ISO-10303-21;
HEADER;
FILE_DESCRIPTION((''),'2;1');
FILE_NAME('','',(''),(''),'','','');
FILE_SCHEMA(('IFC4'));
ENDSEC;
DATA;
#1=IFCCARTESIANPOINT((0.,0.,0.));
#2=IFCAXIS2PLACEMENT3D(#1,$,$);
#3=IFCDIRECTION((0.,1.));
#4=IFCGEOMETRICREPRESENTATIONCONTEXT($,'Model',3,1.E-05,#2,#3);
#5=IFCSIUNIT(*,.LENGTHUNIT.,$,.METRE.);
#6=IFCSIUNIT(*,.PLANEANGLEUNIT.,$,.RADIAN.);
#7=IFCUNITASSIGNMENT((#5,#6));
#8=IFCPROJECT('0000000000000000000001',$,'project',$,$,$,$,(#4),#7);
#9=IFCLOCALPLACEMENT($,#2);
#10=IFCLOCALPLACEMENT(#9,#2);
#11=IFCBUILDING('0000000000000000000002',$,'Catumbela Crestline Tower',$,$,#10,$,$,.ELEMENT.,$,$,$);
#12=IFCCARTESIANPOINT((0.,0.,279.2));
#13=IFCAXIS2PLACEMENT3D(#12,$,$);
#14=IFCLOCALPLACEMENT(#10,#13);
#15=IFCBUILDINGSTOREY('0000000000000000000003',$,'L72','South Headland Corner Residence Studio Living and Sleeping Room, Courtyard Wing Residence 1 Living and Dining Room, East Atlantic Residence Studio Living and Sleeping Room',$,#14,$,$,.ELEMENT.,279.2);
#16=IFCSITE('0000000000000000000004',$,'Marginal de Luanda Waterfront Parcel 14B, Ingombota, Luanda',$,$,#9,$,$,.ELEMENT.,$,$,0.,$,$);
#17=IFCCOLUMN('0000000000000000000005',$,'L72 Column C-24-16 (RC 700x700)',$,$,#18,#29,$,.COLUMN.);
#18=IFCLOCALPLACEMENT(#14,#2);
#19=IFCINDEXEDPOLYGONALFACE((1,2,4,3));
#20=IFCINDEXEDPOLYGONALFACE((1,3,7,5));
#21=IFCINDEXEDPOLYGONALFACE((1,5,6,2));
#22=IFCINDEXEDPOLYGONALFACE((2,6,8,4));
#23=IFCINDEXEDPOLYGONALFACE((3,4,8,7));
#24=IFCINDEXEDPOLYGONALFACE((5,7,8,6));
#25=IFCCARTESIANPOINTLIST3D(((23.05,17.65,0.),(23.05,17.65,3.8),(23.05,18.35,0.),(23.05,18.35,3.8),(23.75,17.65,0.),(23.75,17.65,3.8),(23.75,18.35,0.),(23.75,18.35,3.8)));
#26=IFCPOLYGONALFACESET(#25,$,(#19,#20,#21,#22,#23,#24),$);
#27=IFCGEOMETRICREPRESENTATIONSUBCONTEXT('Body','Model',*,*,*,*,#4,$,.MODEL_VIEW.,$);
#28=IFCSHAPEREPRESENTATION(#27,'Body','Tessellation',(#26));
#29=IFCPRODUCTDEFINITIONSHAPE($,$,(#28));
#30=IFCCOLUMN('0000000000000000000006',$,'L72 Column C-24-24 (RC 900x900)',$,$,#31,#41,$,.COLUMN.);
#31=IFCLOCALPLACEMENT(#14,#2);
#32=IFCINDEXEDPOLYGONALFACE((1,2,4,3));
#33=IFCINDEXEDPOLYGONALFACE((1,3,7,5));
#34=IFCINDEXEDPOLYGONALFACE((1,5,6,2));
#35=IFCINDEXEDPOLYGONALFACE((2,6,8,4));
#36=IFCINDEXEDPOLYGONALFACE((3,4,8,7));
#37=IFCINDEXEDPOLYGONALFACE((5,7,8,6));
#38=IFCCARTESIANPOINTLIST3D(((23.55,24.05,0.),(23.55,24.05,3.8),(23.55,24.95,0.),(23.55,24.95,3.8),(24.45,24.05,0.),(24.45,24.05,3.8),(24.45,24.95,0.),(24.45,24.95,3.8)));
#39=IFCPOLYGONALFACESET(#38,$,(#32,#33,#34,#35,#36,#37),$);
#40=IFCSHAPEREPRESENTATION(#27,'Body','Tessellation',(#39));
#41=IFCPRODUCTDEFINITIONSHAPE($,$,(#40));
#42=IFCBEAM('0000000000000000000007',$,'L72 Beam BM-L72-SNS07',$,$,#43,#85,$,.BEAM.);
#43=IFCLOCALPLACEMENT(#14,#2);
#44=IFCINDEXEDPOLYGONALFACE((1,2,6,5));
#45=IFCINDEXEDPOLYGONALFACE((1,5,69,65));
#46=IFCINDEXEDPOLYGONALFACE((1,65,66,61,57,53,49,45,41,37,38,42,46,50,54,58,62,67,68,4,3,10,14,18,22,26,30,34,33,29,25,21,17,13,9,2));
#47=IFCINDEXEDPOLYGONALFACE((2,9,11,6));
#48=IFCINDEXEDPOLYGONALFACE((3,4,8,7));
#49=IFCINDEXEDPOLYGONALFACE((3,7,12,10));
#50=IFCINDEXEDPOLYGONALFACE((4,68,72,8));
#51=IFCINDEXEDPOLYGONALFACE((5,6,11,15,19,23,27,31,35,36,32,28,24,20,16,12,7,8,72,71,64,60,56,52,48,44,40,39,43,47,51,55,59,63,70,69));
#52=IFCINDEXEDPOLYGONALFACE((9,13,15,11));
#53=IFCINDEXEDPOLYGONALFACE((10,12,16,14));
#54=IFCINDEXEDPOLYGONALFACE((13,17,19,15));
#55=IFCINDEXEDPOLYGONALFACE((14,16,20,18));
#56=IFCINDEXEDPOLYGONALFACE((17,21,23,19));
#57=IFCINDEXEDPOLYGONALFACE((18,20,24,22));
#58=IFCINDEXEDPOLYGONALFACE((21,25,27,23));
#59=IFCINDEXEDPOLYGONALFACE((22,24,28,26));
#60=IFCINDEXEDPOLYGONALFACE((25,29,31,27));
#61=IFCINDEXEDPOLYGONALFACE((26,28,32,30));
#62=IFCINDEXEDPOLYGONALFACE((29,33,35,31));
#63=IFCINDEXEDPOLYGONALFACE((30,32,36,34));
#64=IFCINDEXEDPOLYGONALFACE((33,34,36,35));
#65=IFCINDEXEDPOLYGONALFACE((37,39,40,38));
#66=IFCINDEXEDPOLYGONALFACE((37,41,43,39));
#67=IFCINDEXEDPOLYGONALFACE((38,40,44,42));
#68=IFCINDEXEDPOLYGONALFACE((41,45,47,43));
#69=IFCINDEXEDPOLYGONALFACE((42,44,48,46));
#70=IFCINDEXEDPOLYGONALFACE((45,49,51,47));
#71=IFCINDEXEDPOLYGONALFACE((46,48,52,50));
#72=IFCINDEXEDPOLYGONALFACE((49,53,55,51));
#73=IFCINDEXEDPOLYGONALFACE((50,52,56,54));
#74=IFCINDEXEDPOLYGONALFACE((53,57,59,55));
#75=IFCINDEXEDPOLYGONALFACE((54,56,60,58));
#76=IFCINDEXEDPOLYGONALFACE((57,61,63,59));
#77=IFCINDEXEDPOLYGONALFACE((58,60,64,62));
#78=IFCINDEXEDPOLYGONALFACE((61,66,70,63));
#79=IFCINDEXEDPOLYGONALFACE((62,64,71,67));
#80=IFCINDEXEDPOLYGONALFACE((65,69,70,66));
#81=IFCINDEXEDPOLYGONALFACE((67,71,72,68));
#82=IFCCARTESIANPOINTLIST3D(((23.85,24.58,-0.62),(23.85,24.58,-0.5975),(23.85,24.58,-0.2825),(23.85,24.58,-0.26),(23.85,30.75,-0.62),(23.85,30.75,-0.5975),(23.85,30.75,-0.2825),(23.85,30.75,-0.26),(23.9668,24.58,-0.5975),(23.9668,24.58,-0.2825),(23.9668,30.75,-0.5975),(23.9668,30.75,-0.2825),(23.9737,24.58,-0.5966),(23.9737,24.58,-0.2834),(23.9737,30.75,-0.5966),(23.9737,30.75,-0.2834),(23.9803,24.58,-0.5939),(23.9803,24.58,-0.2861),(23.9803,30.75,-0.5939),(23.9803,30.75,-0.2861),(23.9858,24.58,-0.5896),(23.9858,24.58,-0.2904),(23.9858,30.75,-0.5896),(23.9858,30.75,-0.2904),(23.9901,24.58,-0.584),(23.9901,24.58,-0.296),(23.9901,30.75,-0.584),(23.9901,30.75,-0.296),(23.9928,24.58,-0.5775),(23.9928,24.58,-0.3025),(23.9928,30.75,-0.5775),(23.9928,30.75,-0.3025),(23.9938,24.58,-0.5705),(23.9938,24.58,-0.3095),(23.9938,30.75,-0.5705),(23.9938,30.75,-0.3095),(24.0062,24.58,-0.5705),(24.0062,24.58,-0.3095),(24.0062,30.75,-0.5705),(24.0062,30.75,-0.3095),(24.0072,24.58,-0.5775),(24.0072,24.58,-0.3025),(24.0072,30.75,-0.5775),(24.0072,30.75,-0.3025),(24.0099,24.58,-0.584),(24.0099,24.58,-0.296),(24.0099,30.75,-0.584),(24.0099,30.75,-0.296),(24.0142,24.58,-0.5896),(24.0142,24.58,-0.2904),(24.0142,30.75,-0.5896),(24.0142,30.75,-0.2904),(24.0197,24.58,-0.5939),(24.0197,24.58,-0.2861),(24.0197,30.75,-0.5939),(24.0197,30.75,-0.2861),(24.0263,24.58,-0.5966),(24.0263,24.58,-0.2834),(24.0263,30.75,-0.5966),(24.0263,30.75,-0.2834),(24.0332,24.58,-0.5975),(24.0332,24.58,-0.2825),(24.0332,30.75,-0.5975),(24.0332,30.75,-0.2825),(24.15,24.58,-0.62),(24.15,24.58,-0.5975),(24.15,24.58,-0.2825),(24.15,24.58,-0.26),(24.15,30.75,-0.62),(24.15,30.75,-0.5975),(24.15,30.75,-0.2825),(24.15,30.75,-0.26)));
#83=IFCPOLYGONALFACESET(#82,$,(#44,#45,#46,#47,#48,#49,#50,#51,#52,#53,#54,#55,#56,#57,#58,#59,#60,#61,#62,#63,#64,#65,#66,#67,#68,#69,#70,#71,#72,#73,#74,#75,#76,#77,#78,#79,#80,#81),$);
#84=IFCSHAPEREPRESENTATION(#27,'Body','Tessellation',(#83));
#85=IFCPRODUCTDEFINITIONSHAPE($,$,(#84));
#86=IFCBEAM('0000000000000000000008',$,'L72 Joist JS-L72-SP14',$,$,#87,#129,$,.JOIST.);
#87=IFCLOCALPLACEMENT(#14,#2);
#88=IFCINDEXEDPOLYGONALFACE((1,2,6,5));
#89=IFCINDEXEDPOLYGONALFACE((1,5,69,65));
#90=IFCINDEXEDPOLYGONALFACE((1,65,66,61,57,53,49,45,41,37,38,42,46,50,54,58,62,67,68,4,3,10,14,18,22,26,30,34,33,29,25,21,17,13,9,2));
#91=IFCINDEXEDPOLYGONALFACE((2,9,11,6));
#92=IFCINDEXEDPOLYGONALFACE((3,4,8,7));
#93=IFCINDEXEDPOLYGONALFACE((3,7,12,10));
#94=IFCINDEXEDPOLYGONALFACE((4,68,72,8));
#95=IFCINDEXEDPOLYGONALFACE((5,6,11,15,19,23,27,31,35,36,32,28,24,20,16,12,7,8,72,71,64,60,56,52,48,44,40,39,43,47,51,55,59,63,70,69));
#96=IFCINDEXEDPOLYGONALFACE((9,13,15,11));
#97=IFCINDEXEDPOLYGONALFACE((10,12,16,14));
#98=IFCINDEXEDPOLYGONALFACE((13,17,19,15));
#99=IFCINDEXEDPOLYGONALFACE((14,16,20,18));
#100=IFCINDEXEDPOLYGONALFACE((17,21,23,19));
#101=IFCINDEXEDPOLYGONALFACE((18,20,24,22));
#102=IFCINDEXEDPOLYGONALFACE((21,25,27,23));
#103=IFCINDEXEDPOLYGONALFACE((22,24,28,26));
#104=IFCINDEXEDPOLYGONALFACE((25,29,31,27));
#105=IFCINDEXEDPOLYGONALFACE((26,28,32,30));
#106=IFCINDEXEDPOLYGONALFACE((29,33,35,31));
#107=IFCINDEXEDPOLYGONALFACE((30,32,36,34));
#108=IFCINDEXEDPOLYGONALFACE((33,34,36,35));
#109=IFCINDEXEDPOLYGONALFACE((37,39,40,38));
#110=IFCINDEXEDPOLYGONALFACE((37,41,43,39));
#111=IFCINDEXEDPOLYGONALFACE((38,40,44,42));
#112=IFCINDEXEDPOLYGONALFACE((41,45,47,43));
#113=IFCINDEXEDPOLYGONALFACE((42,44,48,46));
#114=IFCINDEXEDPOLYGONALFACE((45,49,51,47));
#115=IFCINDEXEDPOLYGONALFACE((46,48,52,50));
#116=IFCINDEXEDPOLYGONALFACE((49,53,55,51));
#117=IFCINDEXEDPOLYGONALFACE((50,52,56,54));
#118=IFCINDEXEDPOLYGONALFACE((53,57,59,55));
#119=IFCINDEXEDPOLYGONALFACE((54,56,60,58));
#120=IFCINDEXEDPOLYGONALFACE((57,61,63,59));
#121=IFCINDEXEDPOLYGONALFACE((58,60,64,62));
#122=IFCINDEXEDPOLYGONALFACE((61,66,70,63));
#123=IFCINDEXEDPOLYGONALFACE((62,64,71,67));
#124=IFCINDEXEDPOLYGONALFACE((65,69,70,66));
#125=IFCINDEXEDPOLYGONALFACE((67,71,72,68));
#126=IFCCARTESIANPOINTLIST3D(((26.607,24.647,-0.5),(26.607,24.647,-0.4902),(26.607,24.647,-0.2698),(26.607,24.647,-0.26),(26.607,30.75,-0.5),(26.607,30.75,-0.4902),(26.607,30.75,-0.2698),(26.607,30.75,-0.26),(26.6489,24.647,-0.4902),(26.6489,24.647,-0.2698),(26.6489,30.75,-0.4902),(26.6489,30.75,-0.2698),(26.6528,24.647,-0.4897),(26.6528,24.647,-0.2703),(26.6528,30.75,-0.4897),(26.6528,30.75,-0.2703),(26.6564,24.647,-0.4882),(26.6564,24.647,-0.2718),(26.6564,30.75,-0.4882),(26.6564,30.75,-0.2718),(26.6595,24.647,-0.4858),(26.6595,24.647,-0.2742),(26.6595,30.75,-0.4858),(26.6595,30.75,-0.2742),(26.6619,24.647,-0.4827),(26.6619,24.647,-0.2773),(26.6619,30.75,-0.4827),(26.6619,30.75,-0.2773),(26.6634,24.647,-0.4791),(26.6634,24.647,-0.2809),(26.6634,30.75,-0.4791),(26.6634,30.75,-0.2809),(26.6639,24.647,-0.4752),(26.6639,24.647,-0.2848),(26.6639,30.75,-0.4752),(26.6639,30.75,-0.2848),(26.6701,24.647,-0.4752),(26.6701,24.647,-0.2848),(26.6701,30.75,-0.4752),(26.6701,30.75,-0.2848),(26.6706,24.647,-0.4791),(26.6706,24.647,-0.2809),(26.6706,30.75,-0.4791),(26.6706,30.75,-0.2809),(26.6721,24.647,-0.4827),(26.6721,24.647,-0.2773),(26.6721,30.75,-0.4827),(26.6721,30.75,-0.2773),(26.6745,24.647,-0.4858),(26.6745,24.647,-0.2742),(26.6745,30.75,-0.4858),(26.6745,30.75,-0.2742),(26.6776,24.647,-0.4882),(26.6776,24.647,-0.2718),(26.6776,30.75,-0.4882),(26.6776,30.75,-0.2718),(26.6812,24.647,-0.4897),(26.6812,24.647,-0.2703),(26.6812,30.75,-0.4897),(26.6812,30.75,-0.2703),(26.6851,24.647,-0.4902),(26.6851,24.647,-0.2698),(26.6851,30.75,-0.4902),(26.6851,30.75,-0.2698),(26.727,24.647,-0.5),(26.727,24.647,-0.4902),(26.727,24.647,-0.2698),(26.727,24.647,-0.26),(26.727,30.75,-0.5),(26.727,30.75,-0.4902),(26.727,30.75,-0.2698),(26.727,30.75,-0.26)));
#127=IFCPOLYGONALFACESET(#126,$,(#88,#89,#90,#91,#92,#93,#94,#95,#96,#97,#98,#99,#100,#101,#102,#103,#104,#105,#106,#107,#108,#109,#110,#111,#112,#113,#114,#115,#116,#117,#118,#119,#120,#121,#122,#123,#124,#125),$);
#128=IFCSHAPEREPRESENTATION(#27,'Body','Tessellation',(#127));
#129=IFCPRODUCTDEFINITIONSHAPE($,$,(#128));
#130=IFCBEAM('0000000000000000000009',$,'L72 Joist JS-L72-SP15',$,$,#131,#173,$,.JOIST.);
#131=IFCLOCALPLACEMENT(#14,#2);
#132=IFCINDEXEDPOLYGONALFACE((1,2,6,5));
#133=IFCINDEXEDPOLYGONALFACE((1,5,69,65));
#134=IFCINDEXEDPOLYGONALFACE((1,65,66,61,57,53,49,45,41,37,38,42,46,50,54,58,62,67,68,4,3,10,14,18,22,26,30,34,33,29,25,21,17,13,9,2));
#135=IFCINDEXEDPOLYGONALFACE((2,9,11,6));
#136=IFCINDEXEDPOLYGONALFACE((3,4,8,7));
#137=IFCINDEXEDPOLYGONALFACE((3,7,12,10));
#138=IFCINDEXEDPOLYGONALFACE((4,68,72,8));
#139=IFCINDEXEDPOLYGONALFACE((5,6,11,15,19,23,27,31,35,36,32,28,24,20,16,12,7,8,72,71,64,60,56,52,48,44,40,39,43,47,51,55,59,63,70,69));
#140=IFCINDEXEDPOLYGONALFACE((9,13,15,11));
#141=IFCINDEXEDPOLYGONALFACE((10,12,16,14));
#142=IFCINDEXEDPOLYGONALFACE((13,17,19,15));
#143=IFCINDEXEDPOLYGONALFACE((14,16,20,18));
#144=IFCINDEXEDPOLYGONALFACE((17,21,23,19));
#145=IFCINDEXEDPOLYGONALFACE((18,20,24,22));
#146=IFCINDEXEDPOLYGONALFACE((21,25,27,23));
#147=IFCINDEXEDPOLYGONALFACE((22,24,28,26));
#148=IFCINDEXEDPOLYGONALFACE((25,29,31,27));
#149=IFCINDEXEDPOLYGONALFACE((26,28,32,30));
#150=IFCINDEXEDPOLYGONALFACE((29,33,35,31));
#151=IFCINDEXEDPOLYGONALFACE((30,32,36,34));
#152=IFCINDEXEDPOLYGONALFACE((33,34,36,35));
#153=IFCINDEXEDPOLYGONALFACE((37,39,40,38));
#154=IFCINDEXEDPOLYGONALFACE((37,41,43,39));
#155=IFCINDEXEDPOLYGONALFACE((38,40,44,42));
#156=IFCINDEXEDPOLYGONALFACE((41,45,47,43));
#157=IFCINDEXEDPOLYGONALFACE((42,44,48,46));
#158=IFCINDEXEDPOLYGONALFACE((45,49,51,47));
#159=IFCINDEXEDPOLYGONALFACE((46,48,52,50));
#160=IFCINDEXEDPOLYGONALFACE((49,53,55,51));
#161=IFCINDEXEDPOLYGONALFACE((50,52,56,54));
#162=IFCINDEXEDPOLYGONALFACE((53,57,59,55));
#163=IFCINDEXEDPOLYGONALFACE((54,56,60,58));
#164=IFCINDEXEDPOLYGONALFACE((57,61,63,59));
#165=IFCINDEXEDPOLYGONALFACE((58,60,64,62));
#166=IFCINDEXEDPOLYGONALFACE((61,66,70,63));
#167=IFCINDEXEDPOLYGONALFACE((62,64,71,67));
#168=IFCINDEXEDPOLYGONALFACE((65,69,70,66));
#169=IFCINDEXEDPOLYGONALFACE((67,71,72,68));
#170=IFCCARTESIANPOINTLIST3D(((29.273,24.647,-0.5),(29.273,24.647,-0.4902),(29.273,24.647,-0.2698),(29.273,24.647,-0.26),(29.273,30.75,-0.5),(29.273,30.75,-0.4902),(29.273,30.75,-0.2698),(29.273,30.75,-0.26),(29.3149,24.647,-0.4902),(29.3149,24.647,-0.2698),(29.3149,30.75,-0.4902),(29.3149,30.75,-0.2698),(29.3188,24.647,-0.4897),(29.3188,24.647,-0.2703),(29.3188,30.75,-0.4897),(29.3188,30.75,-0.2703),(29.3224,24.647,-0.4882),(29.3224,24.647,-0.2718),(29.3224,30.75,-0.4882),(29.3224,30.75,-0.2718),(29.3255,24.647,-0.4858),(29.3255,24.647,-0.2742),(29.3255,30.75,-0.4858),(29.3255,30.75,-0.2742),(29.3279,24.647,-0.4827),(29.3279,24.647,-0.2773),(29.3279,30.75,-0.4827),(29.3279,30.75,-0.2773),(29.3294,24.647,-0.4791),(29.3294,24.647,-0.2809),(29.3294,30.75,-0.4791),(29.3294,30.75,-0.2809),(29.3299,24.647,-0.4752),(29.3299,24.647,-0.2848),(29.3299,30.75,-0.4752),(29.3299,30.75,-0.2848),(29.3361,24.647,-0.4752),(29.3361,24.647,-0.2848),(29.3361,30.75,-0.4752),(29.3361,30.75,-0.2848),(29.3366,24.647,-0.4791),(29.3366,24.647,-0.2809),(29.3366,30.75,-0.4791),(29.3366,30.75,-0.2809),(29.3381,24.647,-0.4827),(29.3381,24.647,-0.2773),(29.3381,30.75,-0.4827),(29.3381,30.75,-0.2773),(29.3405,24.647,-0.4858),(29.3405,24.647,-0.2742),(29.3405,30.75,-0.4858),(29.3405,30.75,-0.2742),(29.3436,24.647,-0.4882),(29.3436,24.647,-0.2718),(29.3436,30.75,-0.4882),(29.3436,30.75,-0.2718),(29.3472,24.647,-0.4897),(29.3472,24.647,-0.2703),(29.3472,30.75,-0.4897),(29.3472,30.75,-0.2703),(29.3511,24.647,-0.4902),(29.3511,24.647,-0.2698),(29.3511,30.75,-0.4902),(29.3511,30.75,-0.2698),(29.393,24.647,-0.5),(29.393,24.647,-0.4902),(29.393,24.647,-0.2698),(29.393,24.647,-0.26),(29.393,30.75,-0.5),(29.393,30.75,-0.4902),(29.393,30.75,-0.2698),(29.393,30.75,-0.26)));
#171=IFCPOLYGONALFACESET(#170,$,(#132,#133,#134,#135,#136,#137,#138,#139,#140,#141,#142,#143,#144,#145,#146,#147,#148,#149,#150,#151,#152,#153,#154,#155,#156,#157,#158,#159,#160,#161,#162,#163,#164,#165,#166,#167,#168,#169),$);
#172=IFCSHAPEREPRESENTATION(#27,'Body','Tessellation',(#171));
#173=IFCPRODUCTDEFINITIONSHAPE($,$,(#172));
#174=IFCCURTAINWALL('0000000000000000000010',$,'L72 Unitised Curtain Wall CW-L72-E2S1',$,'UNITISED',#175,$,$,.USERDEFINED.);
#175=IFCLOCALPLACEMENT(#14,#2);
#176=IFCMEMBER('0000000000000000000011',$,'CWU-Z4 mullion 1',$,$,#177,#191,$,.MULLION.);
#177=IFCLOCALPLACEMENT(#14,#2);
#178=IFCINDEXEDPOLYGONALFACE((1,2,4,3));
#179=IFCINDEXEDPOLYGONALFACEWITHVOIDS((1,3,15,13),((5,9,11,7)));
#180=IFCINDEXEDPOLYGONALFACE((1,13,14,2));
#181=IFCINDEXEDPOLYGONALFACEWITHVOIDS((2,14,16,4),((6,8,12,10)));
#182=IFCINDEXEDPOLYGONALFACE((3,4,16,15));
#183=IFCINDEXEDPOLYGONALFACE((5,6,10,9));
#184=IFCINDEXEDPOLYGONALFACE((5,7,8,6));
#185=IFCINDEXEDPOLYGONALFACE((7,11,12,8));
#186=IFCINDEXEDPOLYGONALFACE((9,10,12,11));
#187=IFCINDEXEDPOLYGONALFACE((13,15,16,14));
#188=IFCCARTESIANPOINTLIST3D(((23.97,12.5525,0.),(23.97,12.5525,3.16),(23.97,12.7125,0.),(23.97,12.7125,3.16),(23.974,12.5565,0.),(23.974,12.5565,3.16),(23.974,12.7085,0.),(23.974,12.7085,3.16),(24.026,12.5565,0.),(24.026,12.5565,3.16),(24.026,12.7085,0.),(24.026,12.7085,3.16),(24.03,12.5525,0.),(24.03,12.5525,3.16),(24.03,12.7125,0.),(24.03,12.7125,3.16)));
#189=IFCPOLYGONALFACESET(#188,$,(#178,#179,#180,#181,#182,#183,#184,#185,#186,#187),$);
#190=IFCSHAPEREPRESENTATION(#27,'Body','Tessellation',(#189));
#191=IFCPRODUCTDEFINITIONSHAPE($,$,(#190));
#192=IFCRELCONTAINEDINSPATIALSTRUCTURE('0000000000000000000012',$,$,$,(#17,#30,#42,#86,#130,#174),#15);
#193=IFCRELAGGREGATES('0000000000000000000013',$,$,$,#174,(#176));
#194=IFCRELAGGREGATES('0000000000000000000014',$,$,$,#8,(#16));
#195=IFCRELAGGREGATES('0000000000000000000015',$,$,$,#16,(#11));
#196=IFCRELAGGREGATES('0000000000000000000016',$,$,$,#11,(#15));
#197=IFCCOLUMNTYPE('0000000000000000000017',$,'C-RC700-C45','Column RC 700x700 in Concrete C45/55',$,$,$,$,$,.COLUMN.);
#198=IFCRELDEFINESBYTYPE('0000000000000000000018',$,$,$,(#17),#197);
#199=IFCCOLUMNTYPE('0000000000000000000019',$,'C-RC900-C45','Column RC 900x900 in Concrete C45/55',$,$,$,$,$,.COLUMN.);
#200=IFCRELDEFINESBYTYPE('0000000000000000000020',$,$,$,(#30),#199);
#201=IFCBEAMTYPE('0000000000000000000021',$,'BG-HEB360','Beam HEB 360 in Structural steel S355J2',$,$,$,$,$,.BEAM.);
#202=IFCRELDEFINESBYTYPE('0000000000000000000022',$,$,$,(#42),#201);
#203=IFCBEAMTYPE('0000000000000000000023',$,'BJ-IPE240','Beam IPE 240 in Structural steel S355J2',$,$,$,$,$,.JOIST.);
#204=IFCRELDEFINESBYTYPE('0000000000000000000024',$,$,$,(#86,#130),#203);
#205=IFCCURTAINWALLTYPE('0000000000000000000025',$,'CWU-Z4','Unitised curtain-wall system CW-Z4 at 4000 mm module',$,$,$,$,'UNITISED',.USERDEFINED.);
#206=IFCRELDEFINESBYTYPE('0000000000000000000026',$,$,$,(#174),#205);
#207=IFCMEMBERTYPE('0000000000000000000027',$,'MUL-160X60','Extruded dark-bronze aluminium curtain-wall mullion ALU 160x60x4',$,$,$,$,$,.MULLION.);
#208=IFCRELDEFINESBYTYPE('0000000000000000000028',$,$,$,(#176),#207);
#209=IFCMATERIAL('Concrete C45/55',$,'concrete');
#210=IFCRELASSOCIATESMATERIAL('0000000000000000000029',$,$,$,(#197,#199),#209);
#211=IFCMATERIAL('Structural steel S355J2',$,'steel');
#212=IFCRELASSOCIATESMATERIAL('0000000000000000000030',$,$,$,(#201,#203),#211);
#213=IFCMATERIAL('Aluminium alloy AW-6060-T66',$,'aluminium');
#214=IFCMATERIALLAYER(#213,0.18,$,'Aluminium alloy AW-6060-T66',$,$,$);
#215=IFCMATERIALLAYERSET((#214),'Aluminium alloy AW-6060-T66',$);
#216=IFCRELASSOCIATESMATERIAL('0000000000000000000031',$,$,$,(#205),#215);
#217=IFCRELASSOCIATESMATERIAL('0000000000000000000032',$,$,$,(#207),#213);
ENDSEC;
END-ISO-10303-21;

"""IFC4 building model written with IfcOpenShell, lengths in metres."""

from ifc_helpers import new_model, si_unit, direction, frame, origin, origin_2d, place, context, subcontext, project, spatial, rectangle, hollow_rectangle, i_section, extrude, material, layer, layer_set, material_profile, profile_set, type_object, element, aggregate, save


model = new_model("IFC4")

# Units and contexts
model_context = context("Model", 3, precision=1e-05, world=origin(), true_north=direction((0.0, 1.0)))
body_context = subcontext(model_context, "Body", "Model", "MODEL_VIEW")
ifc_project = project(units=[si_unit("LENGTHUNIT", "METRE"), si_unit("PLANEANGLEUNIT", "RADIAN")], contexts=[model_context])

# Site, building, storey
site_placement = place(None, origin())
site = spatial("IfcSite", under=ifc_project, at=site_placement, Name="Marginal de Luanda Waterfront Parcel 14B, Ingombota, Luanda", CompositionType="ELEMENT", RefElevation=0.0)
building_placement = place(site_placement, origin())
building = spatial("IfcBuilding", under=site, at=building_placement, Name="Catumbela Crestline Tower", CompositionType="ELEMENT")
storey_placement = place(building_placement, frame((0.0, 0.0, 279.2)))
storey = spatial("IfcBuildingStorey", under=building, at=storey_placement, Name="L72", Description="South Headland Corner Residence Studio Living and Sleeping Room, Courtyard Wing Residence 1 Living and Dining Room, East Atlantic Residence Studio Living and Sleeping Room", CompositionType="ELEMENT", Elevation=279.2)

# Columns
ifc_material_1 = material(Name="Concrete C45/55", Category="concrete")
ifc_material_profile_1 = material_profile(ifc_material_1, rectangle(XDim=0.7, YDim=0.7, at=origin_2d()), Name="RC 700x700")
ifc_profile_set_1 = profile_set([ifc_material_profile_1], Name="Concrete C45/55")
column_type_1 = type_object("IfcColumnType", Name="C-RC700-C45", Description="Column RC 700x700 in Concrete C45/55", PredefinedType="COLUMN", material=ifc_profile_set_1)
column_1_placement = place(storey_placement, frame((23.4, 18.0, 0.0), z_axis=(0.0, 0.0, 1.0), x_axis=(1.0, 0.0, 0.0)))
element("IfcColumn", 1, at=column_1_placement, inside=storey, type_object=column_type_1, Name="L72 Column C-24-16 (RC 700x700)", PredefinedType="COLUMN", context=body_context, shape_type="SweptSolid", body=[
    extrude(rectangle(XDim=0.7, YDim=0.7, at=origin_2d()), origin(), (0.0, 0.0, 1.0), 3.8),
])
ifc_material_profile_2 = material_profile(ifc_material_1, rectangle(XDim=0.9, YDim=0.9, at=origin_2d()), Name="RC 900x900")
ifc_profile_set_2 = profile_set([ifc_material_profile_2], Name="Concrete C45/55")
column_type_2 = type_object("IfcColumnType", Name="C-RC900-C45", Description="Column RC 900x900 in Concrete C45/55", PredefinedType="COLUMN", material=ifc_profile_set_2)
column_2_placement = place(storey_placement, frame((24.0, 24.5, 0.0), z_axis=(0.0, 0.0, 1.0), x_axis=(1.0, 0.0, 0.0)))
element("IfcColumn", 2, at=column_2_placement, inside=storey, type_object=column_type_2, Name="L72 Column C-24-24 (RC 900x900)", PredefinedType="COLUMN", context=body_context, shape_type="SweptSolid", body=[
    extrude(rectangle(XDim=0.9, YDim=0.9, at=origin_2d()), origin(), (0.0, 0.0, 1.0), 3.8),
])

# Beams
ifc_material_2 = material(Name="Structural steel S355J2", Category="steel")
ifc_material_profile_3 = material_profile(ifc_material_2, i_section(OverallWidth=0.3, OverallDepth=0.36, WebThickness=0.0125, FlangeThickness=0.0225, FilletRadius=0.027, at=origin_2d()), Name="HEB 360")
ifc_profile_set_3 = profile_set([ifc_material_profile_3], Name="Structural steel S355J2")
beam_type_1 = type_object("IfcBeamType", Name="BG-HEB360", Description="Beam HEB 360 in Structural steel S355J2", PredefinedType="BEAM", material=ifc_profile_set_3)
beam_1_placement = place(storey_placement, frame((24.0, 24.58, -0.44), z_axis=(0.0, 1.0, 0.0), x_axis=(-1.0, 0.0, 0.0)))
element("IfcBeam", 3, at=beam_1_placement, inside=storey, type_object=beam_type_1, Name="L72 Beam BM-L72-SNS07", PredefinedType="BEAM", context=body_context, shape_type="SweptSolid", body=[
    extrude(i_section(OverallWidth=0.3, OverallDepth=0.36, WebThickness=0.0125, FlangeThickness=0.0225, FilletRadius=0.027, at=origin_2d()), origin(), (0.0, 0.0, 1.0), 6.17),
])
ifc_material_profile_4 = material_profile(ifc_material_2, i_section(OverallWidth=0.12, OverallDepth=0.24, WebThickness=0.0062, FlangeThickness=0.0098, FilletRadius=0.015, at=origin_2d()), Name="IPE 240")
ifc_profile_set_4 = profile_set([ifc_material_profile_4], Name="Structural steel S355J2")
beam_type_2 = type_object("IfcBeamType", Name="BJ-IPE240", Description="Beam IPE 240 in Structural steel S355J2", PredefinedType="JOIST", material=ifc_profile_set_4)
for number, where, z_axis, x_axis, name in (
    (4, (26.667, 24.647, -0.38), (0.0, 1.0, 0.0), (-1.0, 0.0, 0.0), "L72 Joist JS-L72-SP14"),
    (5, (29.333, 24.647, -0.38), (0.0, 1.0, 0.0), (-1.0, 0.0, 0.0), "L72 Joist JS-L72-SP15"),
):
    element("IfcBeam", number, at=place(storey_placement, frame(where, z_axis=z_axis, x_axis=x_axis)), inside=storey, type_object=beam_type_2, Name=name, PredefinedType="JOIST", context=body_context, shape_type="SweptSolid", body=[
        extrude(i_section(OverallWidth=0.12, OverallDepth=0.24, WebThickness=0.0062, FlangeThickness=0.0098, FilletRadius=0.015, at=origin_2d()), origin(), (0.0, 0.0, 1.0), 6.103),
    ])

# Curtain wall, member
ifc_material_3 = material(Name="Aluminium alloy AW-6060-T66", Category="aluminium")
ifc_layer_1 = layer(ifc_material_3, 0.18, Name="Aluminium alloy AW-6060-T66")
ifc_layer_set_1 = layer_set([ifc_layer_1], Name="Aluminium alloy AW-6060-T66")
curtain_wall_type = type_object("IfcCurtainWallType", Name="CWU-Z4", Description="Unitised curtain-wall system CW-Z4 at 4000 mm module", ElementType="UNITISED", PredefinedType="USERDEFINED", material=ifc_layer_set_1)
curtain_wall_1_placement = place(storey_placement, origin())
curtain_wall_1 = element("IfcCurtainWall", 6, at=curtain_wall_1_placement, inside=storey, type_object=curtain_wall_type, Name="L72 Unitised Curtain Wall CW-L72-E2S1", ObjectType="UNITISED", PredefinedType="USERDEFINED")
ifc_material_profile_5 = material_profile(ifc_material_3, hollow_rectangle(XDim=0.06, YDim=0.16, WallThickness=0.004, at=origin_2d()), Name="ALU 160x60x4")
ifc_profile_set_5 = profile_set([ifc_material_profile_5], Name="Aluminium alloy AW-6060-T66")
member_type_1 = type_object("IfcMemberType", Name="MUL-160X60", Description="Extruded dark-bronze aluminium curtain-wall mullion ALU 160x60x4", PredefinedType="MULLION", material=ifc_profile_set_5)
member_1_placement = place(storey_placement, frame((24.0, 12.6325, 0.0), z_axis=(0.0, 0.0, 1.0), x_axis=(-1.0, 0.0, 0.0)))
member_1 = element("IfcMember", 7, at=member_1_placement, type_object=member_type_1, Name="CWU-Z4 mullion 1", PredefinedType="MULLION", context=body_context, shape_type="SweptSolid", body=[
    extrude(hollow_rectangle(XDim=0.06, YDim=0.16, WallThickness=0.004, at=origin_2d()), origin(), (0.0, 0.0, 1.0), 3.16),
])

aggregate(curtain_wall_1, [member_1])

save(model, "model.ifc")
